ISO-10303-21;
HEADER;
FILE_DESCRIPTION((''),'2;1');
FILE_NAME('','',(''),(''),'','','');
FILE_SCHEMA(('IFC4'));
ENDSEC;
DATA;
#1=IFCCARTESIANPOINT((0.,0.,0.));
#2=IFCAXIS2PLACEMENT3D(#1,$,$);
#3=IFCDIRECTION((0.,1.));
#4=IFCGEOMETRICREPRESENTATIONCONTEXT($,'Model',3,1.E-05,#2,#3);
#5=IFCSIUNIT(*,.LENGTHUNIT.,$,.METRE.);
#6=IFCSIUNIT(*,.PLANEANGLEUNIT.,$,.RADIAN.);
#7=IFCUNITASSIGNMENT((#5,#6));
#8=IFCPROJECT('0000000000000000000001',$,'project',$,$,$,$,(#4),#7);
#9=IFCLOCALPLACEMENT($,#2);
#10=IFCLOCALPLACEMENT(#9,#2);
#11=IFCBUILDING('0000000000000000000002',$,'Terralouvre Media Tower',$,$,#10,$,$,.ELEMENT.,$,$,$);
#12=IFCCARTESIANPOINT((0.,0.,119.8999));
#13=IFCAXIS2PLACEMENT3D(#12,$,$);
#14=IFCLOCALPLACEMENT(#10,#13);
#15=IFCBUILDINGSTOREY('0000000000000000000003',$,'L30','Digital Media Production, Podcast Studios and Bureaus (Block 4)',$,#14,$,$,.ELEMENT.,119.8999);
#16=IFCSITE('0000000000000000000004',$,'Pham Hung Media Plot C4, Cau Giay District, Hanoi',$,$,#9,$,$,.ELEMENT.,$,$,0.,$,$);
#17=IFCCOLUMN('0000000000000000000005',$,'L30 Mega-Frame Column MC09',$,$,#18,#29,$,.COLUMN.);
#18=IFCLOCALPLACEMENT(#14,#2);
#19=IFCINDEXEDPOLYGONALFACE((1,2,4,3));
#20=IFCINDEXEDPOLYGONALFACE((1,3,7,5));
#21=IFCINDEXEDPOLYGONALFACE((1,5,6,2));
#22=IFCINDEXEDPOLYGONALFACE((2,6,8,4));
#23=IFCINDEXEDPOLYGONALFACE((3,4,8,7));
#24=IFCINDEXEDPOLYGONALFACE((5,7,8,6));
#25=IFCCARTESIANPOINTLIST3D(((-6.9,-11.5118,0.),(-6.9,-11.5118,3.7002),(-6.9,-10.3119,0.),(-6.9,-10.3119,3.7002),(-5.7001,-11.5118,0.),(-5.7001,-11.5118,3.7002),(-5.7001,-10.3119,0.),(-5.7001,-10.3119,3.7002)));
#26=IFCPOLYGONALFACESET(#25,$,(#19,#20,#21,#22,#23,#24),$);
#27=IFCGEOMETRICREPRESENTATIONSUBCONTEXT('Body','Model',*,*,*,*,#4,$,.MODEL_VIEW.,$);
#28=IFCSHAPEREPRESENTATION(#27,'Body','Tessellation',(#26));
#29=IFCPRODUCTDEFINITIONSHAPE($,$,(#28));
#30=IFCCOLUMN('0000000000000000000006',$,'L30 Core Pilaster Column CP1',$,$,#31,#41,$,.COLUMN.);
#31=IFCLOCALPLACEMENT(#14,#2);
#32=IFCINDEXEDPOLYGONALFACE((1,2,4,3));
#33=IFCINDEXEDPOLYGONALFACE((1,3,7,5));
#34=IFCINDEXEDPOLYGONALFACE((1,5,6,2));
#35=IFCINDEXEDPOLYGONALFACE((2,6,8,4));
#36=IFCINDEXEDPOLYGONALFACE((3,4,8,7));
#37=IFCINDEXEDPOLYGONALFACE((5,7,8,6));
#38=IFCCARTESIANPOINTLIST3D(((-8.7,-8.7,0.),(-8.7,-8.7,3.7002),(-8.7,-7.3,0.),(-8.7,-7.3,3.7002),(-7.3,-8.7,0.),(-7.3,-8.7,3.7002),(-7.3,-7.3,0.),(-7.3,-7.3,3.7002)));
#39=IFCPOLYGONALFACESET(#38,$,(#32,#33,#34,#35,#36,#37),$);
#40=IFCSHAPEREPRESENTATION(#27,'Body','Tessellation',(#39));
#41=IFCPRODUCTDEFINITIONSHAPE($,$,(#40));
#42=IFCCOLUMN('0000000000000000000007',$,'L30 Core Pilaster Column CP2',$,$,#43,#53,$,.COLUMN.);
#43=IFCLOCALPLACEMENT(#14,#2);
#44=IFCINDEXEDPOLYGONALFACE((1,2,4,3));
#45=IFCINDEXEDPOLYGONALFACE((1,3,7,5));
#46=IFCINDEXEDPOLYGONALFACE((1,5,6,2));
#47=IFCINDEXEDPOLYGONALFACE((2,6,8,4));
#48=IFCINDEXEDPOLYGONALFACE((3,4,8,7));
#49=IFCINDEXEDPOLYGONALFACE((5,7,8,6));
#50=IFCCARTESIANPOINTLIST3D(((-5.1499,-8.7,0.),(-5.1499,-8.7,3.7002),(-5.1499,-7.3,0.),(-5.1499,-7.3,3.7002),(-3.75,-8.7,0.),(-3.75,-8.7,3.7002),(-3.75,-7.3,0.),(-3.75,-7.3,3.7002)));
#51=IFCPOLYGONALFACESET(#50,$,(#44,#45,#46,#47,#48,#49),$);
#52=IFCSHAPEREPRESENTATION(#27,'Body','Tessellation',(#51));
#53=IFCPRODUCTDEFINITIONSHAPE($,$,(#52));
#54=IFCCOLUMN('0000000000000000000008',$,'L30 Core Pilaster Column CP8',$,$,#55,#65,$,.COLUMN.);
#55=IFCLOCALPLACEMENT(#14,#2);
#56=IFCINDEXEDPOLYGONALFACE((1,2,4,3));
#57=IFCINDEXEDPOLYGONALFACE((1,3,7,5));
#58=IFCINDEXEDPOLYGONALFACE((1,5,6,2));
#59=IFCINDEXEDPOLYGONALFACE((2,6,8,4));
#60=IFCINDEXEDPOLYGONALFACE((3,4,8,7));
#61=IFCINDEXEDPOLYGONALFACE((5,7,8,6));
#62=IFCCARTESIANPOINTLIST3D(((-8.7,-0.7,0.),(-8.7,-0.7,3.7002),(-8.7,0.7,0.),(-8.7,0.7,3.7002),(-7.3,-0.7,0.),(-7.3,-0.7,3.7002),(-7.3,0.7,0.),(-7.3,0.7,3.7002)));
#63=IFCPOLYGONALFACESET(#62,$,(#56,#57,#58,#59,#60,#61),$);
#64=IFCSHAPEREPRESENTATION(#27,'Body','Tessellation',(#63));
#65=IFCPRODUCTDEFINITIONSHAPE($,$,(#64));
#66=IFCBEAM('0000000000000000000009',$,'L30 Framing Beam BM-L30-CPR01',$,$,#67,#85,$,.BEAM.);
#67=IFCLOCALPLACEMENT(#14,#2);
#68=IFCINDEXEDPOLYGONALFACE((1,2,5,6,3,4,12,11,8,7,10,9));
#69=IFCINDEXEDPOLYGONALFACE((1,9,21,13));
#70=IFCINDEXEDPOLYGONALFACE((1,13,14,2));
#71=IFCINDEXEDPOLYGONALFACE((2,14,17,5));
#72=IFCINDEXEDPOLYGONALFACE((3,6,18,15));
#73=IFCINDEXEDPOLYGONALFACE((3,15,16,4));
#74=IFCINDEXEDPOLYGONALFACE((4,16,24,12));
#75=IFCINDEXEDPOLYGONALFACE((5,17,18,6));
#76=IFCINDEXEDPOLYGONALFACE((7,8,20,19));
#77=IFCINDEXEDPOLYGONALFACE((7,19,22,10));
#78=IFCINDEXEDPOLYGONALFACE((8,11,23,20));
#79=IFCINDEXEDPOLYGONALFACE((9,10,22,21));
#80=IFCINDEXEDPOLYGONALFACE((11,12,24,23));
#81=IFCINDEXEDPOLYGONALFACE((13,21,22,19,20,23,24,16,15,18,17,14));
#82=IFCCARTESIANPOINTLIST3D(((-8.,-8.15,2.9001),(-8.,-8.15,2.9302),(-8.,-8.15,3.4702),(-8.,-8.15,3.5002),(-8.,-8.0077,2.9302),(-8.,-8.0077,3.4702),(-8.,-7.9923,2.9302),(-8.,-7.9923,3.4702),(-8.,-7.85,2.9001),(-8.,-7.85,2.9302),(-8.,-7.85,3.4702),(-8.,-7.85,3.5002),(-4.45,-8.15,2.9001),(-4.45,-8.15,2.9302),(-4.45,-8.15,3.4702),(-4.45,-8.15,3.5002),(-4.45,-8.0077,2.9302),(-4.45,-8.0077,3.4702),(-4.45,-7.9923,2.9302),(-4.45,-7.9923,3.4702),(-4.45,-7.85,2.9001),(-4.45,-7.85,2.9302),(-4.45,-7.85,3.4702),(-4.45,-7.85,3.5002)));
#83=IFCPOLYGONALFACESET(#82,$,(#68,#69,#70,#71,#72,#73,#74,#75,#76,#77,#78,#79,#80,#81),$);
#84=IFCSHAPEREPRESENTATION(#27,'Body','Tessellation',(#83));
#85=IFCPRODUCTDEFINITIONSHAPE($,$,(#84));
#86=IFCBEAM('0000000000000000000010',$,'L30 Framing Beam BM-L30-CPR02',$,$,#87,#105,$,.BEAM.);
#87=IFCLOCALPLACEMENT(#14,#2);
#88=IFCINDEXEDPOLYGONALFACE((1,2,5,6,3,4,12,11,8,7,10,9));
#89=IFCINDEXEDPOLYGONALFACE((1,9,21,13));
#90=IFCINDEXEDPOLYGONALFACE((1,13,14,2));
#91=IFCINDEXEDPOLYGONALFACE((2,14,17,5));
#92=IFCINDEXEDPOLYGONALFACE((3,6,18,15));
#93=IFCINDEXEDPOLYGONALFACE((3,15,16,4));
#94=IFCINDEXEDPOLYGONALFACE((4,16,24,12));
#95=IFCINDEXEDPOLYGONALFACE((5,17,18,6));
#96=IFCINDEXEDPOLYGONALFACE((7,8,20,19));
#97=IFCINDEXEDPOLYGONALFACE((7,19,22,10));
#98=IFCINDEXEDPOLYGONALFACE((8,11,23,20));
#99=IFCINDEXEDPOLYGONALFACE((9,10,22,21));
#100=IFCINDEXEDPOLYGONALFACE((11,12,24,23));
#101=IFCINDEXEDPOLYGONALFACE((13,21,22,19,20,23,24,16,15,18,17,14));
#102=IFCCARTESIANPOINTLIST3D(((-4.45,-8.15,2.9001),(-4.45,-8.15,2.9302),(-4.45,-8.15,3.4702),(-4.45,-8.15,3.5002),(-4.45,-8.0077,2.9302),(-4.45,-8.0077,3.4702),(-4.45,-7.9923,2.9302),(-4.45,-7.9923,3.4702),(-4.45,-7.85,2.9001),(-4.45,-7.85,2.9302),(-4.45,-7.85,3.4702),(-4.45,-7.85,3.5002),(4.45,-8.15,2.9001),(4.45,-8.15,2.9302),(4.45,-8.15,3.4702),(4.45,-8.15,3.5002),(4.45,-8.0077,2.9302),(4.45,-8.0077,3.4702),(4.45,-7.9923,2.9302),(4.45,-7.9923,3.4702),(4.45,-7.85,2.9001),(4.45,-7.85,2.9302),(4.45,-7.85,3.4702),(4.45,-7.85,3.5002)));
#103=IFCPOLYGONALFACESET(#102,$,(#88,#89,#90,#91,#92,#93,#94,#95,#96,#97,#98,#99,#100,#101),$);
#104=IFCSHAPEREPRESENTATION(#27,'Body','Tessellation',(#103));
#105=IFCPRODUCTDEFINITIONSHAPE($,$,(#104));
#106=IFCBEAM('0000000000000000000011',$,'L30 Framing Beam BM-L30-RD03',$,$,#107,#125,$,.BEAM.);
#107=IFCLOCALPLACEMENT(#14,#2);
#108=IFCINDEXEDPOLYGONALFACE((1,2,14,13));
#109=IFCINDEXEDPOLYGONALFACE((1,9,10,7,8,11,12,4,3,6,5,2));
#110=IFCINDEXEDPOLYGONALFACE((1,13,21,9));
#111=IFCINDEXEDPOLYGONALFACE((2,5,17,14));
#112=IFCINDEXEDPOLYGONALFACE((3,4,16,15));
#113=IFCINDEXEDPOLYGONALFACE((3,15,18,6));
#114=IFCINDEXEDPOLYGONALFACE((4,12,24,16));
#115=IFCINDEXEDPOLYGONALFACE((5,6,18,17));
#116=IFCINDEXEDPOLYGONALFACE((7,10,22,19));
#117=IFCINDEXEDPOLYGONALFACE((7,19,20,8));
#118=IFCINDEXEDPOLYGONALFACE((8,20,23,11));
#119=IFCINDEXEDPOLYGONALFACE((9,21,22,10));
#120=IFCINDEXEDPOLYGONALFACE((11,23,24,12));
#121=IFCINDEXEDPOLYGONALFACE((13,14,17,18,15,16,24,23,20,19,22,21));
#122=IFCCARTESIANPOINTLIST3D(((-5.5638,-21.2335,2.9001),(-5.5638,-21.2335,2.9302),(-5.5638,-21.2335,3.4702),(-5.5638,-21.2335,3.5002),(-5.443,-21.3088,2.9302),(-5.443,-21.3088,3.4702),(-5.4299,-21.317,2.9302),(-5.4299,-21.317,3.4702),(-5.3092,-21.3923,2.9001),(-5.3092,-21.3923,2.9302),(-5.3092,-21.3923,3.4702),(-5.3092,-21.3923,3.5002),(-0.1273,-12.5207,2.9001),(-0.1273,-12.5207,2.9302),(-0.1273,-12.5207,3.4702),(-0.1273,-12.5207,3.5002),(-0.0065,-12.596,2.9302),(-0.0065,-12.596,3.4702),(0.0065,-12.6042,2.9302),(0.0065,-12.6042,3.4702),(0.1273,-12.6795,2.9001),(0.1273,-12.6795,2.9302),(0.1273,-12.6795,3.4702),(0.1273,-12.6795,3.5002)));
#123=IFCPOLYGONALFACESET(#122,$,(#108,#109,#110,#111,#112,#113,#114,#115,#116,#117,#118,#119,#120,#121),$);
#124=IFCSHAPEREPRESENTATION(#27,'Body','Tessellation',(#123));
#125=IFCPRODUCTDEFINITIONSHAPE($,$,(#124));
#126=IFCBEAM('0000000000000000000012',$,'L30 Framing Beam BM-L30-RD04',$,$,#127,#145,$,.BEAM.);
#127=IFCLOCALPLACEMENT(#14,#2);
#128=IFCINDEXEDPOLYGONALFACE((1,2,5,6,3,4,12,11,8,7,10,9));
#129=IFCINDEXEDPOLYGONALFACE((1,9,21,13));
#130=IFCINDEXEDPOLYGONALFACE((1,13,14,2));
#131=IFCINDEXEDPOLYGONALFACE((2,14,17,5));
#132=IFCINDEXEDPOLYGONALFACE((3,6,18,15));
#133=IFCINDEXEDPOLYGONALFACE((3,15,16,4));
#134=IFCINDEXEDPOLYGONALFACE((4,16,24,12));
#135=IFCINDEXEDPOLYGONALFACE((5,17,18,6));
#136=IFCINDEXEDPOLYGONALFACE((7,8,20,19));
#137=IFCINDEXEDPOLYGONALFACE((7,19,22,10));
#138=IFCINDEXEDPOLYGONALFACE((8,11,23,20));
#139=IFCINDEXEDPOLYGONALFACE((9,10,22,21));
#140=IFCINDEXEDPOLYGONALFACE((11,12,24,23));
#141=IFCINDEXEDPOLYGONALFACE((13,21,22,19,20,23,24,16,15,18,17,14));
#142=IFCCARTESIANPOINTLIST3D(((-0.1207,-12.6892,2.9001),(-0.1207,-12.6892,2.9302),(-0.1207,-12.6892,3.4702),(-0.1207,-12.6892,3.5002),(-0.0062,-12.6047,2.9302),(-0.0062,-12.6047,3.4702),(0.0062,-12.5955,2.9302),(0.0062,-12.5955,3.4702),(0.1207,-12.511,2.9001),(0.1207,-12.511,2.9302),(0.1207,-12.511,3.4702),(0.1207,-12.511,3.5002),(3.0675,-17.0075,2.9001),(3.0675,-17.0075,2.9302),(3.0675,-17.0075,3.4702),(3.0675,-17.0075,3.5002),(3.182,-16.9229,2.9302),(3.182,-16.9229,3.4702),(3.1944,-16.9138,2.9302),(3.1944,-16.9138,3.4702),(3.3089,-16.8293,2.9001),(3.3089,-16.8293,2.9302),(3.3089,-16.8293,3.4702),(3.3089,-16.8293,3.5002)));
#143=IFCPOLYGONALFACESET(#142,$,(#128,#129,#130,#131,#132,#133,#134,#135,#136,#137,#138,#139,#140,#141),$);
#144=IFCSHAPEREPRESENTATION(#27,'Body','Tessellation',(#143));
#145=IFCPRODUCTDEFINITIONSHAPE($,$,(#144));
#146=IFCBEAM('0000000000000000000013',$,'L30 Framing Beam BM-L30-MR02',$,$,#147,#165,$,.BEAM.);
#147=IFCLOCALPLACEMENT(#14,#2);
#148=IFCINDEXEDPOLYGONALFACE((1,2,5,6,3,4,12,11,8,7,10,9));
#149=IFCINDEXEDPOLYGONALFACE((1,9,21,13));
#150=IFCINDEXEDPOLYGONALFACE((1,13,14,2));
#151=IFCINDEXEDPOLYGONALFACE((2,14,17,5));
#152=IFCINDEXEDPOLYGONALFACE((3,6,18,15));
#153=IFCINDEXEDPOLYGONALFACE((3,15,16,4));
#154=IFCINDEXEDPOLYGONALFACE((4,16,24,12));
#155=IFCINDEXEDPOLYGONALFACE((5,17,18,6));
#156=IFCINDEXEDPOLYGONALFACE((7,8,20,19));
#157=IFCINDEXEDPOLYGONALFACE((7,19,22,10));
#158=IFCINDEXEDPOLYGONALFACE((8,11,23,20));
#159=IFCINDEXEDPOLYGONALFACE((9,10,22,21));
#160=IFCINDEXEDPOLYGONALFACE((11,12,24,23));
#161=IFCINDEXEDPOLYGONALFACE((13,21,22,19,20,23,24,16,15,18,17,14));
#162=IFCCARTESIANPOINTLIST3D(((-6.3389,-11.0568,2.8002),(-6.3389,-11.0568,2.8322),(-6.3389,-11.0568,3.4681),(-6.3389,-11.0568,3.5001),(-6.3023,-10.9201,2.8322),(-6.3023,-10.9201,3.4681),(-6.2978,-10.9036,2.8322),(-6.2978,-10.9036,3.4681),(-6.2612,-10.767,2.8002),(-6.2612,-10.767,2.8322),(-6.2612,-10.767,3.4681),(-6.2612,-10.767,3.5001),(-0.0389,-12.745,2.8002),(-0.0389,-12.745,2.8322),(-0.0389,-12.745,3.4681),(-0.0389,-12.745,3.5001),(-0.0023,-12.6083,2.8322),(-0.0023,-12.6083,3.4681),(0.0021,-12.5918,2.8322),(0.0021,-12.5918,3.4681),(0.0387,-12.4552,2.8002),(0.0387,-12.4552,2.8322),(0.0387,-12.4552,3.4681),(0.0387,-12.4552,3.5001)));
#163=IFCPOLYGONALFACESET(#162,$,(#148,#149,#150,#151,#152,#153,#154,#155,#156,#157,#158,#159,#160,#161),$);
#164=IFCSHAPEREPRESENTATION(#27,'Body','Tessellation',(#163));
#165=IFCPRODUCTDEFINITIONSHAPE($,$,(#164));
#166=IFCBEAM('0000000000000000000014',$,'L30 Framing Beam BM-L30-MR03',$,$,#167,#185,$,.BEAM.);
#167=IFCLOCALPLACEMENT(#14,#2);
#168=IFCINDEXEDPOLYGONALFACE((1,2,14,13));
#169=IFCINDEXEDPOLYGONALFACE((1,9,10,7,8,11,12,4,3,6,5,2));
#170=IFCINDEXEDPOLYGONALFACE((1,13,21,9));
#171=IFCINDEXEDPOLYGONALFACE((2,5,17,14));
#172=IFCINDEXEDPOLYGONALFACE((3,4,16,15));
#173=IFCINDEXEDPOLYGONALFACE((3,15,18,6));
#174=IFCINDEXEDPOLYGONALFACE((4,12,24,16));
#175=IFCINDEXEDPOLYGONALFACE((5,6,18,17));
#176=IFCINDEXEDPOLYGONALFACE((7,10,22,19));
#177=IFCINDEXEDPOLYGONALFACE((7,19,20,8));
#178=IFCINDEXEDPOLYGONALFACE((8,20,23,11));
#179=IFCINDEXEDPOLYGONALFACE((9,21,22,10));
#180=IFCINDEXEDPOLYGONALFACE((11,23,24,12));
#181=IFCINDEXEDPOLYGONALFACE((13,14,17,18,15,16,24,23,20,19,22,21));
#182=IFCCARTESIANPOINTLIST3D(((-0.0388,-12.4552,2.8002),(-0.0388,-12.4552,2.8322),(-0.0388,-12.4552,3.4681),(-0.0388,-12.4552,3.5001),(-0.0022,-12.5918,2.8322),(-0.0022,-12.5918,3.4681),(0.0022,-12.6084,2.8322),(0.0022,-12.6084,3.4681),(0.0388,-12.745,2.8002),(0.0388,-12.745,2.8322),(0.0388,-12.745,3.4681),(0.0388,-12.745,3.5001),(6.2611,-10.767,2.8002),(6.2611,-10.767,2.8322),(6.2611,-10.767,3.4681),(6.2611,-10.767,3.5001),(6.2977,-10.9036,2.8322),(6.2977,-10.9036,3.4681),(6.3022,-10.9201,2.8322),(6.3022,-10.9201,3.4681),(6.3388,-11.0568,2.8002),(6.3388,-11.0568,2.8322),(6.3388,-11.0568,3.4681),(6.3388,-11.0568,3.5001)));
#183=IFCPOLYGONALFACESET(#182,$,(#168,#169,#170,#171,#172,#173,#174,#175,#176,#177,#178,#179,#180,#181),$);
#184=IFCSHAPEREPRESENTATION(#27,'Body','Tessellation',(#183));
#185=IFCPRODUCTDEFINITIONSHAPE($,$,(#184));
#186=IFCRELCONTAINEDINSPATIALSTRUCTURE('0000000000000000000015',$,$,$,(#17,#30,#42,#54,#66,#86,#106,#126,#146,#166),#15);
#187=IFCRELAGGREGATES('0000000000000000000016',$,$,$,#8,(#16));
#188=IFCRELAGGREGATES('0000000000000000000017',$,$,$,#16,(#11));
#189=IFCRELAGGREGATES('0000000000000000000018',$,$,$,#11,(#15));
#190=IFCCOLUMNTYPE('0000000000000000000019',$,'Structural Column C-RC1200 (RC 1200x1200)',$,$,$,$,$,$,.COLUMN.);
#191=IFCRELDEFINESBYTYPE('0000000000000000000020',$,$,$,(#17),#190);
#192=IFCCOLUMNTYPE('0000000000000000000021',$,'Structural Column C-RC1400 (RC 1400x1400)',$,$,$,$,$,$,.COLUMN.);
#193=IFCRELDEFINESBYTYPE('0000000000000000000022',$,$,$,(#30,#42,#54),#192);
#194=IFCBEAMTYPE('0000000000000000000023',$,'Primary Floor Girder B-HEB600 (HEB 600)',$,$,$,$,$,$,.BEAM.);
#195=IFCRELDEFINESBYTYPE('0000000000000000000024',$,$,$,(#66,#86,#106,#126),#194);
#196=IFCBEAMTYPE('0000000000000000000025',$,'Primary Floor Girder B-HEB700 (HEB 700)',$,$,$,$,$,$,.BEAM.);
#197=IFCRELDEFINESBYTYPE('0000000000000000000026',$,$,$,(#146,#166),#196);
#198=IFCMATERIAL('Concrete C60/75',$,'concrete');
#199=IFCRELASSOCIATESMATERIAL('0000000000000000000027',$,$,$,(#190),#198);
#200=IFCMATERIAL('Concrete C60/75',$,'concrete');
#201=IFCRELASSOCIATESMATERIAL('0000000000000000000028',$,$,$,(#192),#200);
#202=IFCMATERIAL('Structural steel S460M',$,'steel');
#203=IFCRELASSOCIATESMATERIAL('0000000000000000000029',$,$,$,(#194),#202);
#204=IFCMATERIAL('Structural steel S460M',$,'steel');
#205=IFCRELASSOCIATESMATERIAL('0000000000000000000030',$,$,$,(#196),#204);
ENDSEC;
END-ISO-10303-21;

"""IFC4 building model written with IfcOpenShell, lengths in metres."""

from ifc_helpers import new_model, si_unit, direction, frame, origin, origin_2d, place, context, subcontext, project, spatial, rectangle, i_section, extrude, material, material_profile, profile_set, type_object, element, save


model = new_model("IFC4")

# Units and contexts
model_context = context("Model", 3, precision=1e-05, world=origin(), true_north=direction((0.0, 1.0)))
body_context = subcontext(model_context, "Body", "Model", "MODEL_VIEW")
ifc_project = project(units=[si_unit("LENGTHUNIT", "METRE"), si_unit("PLANEANGLEUNIT", "RADIAN")], contexts=[model_context])

# Site, building, storey
site_placement = place(None, origin())
site = spatial("IfcSite", under=ifc_project, at=site_placement, Name="Pham Hung Media Plot C4, Cau Giay District, Hanoi", CompositionType="ELEMENT", RefElevation=0.0)
building_placement = place(site_placement, origin())
building = spatial("IfcBuilding", under=site, at=building_placement, Name="Terralouvre Media Tower", CompositionType="ELEMENT")
storey_placement = place(building_placement, frame((0.0, 0.0, 119.8999)))
storey = spatial("IfcBuildingStorey", under=building, at=storey_placement, Name="L30", Description="Digital Media Production, Podcast Studios and Bureaus (Block 4)", CompositionType="ELEMENT", Elevation=119.8999)

# Columns
ifc_material_1 = material(Name="Concrete C60/75", Category="concrete")
ifc_material_profile_1 = material_profile(ifc_material_1, rectangle(XDim=1.2, YDim=1.2, at=origin_2d()), Name="RC 1200x1200")
ifc_profile_set_1 = profile_set([ifc_material_profile_1], Name="Concrete C60/75")
column_type_1 = type_object("IfcColumnType", Name="Structural Column C-RC1200 (RC 1200x1200)", PredefinedType="COLUMN", material=ifc_profile_set_1)
column_placement = place(storey_placement, frame((-6.3, -10.9119, 0.0), z_axis=(0.0, 0.0, 1.0), x_axis=(1.0, 0.0, 0.0)))
element("IfcColumn", 1, at=column_placement, inside=storey, type_object=column_type_1, Name="L30 Mega-Frame Column MC09", PredefinedType="COLUMN", context=body_context, shape_type="SweptSolid", body=[
    extrude(rectangle(XDim=1.2, YDim=1.2, at=origin_2d()), origin(), (0.0, 0.0, 1.0), 3.7002),
])
ifc_material_2 = material(Name="Concrete C60/75", Category="concrete")
ifc_material_profile_2 = material_profile(ifc_material_2, rectangle(XDim=1.3999, YDim=1.3999, at=origin_2d()), Name="RC 1400x1400")
ifc_profile_set_2 = profile_set([ifc_material_profile_2], Name="Concrete C60/75")
column_type_2 = type_object("IfcColumnType", Name="Structural Column C-RC1400 (RC 1400x1400)", PredefinedType="COLUMN", material=ifc_profile_set_2)
for number, where, z_axis, x_axis, name in (
    (2, (-8.0, -8.0, 0.0), (0.0, 0.0, 1.0), (1.0, 0.0, 0.0), "L30 Core Pilaster Column CP1"),
    (3, (-4.45, -8.0, 0.0), (0.0, 0.0, 1.0), (1.0, 0.0, 0.0), "L30 Core Pilaster Column CP2"),
    (4, (-8.0, 0.0, 0.0), (0.0, 0.0, 1.0), (1.0, 0.0, 0.0), "L30 Core Pilaster Column CP8"),
):
    element("IfcColumn", number, at=place(storey_placement, frame(where, z_axis=z_axis, x_axis=x_axis)), inside=storey, type_object=column_type_2, Name=name, PredefinedType="COLUMN", context=body_context, shape_type="SweptSolid", body=[
        extrude(rectangle(XDim=1.3999, YDim=1.3999, at=origin_2d()), origin(), (0.0, 0.0, 1.0), 3.7002),
    ])

# Beams
ifc_material_3 = material(Name="Structural steel S460M", Category="steel")
ifc_material_profile_3 = material_profile(ifc_material_3, i_section(OverallWidth=0.3, OverallDepth=0.6001, WebThickness=0.0154, FlangeThickness=0.03, at=origin_2d()), Name="HEB 600")
ifc_profile_set_3 = profile_set([ifc_material_profile_3], Name="Structural steel S460M")
beam_type_1 = type_object("IfcBeamType", Name="Primary Floor Girder B-HEB600 (HEB 600)", PredefinedType="BEAM", material=ifc_profile_set_3)
beam_1_placement = place(storey_placement, frame((-8.0, -8.0, 3.2002), z_axis=(1.0, 0.0, 0.0), x_axis=(0.0, 1.0, 0.0)))
element("IfcBeam", 5, at=beam_1_placement, inside=storey, type_object=beam_type_1, Name="L30 Framing Beam BM-L30-CPR01", PredefinedType="BEAM", context=body_context, shape_type="SweptSolid", body=[
    extrude(i_section(OverallWidth=0.3, OverallDepth=0.6001, WebThickness=0.0154, FlangeThickness=0.03, at=origin_2d()), origin(), (0.0, 0.0, 1.0), 3.55),
])
beam_2_placement = place(storey_placement, frame((-4.45, -8.0, 3.2002), z_axis=(1.0, 0.0, 0.0), x_axis=(0.0, 1.0, 0.0)))
element("IfcBeam", 6, at=beam_2_placement, inside=storey, type_object=beam_type_1, Name="L30 Framing Beam BM-L30-CPR02", PredefinedType="BEAM", context=body_context, shape_type="SweptSolid", body=[
    extrude(i_section(OverallWidth=0.3, OverallDepth=0.6001, WebThickness=0.0154, FlangeThickness=0.03, at=origin_2d()), origin(), (0.0, 0.0, 1.0), 8.8999),
])
beam_3_placement = place(storey_placement, frame((0.0, -12.6001, 3.2002), z_axis=(-0.529366, -0.848393, 0.0), x_axis=(0.848393, -0.529366, 0.0)))
element("IfcBeam", 7, at=beam_3_placement, inside=storey, type_object=beam_type_1, Name="L30 Framing Beam BM-L30-RD03", PredefinedType="BEAM", context=body_context, shape_type="SweptSolid", body=[
    extrude(i_section(OverallWidth=0.3, OverallDepth=0.6001, WebThickness=0.0154, FlangeThickness=0.03, at=origin_2d()), origin(), (0.0, 0.0, 1.0), 10.2698),
])
beam_4_placement = place(storey_placement, frame((0.0, -12.6001, 3.2002), z_axis=(0.593957, -0.804496, 0.0), x_axis=(0.804496, 0.593957, 0.0)))
element("IfcBeam", 8, at=beam_4_placement, inside=storey, type_object=beam_type_1, Name="L30 Framing Beam BM-L30-RD04", PredefinedType="BEAM", context=body_context, shape_type="SweptSolid", body=[
    extrude(i_section(OverallWidth=0.3, OverallDepth=0.6001, WebThickness=0.0154, FlangeThickness=0.03, at=origin_2d()), origin(), (0.0, 0.0, 1.0), 5.3677),
])
ifc_material_4 = material(Name="Structural steel S460M", Category="steel")
ifc_material_profile_4 = material_profile(ifc_material_4, i_section(OverallWidth=0.3, OverallDepth=0.7, WebThickness=0.0171, FlangeThickness=0.032, at=origin_2d()), Name="HEB 700")
ifc_profile_set_4 = profile_set([ifc_material_profile_4], Name="Structural steel S460M")
beam_type_2 = type_object("IfcBeamType", Name="Primary Floor Girder B-HEB700 (HEB 700)", PredefinedType="BEAM", material=ifc_profile_set_4)
for number, where, z_axis, x_axis, name in (
    (9, (-6.3, -10.9119, 3.1501), (0.96592, -0.258839, 0.0), (0.258839, 0.96592, 0.0), "L30 Framing Beam BM-L30-MR02"),
    (10, (0.0, -12.6001, 3.1501), (0.96592, 0.258839, 0.0), (-0.258839, 0.96592, 0.0), "L30 Framing Beam BM-L30-MR03"),
):
    element("IfcBeam", number, at=place(storey_placement, frame(where, z_axis=z_axis, x_axis=x_axis)), inside=storey, type_object=beam_type_2, Name=name, PredefinedType="BEAM", context=body_context, shape_type="SweptSolid", body=[
        extrude(i_section(OverallWidth=0.3, OverallDepth=0.7, WebThickness=0.0171, FlangeThickness=0.032, at=origin_2d()), origin(), (0.0, 0.0, 1.0), 6.5222),
    ])

save(model, "model.ifc")
